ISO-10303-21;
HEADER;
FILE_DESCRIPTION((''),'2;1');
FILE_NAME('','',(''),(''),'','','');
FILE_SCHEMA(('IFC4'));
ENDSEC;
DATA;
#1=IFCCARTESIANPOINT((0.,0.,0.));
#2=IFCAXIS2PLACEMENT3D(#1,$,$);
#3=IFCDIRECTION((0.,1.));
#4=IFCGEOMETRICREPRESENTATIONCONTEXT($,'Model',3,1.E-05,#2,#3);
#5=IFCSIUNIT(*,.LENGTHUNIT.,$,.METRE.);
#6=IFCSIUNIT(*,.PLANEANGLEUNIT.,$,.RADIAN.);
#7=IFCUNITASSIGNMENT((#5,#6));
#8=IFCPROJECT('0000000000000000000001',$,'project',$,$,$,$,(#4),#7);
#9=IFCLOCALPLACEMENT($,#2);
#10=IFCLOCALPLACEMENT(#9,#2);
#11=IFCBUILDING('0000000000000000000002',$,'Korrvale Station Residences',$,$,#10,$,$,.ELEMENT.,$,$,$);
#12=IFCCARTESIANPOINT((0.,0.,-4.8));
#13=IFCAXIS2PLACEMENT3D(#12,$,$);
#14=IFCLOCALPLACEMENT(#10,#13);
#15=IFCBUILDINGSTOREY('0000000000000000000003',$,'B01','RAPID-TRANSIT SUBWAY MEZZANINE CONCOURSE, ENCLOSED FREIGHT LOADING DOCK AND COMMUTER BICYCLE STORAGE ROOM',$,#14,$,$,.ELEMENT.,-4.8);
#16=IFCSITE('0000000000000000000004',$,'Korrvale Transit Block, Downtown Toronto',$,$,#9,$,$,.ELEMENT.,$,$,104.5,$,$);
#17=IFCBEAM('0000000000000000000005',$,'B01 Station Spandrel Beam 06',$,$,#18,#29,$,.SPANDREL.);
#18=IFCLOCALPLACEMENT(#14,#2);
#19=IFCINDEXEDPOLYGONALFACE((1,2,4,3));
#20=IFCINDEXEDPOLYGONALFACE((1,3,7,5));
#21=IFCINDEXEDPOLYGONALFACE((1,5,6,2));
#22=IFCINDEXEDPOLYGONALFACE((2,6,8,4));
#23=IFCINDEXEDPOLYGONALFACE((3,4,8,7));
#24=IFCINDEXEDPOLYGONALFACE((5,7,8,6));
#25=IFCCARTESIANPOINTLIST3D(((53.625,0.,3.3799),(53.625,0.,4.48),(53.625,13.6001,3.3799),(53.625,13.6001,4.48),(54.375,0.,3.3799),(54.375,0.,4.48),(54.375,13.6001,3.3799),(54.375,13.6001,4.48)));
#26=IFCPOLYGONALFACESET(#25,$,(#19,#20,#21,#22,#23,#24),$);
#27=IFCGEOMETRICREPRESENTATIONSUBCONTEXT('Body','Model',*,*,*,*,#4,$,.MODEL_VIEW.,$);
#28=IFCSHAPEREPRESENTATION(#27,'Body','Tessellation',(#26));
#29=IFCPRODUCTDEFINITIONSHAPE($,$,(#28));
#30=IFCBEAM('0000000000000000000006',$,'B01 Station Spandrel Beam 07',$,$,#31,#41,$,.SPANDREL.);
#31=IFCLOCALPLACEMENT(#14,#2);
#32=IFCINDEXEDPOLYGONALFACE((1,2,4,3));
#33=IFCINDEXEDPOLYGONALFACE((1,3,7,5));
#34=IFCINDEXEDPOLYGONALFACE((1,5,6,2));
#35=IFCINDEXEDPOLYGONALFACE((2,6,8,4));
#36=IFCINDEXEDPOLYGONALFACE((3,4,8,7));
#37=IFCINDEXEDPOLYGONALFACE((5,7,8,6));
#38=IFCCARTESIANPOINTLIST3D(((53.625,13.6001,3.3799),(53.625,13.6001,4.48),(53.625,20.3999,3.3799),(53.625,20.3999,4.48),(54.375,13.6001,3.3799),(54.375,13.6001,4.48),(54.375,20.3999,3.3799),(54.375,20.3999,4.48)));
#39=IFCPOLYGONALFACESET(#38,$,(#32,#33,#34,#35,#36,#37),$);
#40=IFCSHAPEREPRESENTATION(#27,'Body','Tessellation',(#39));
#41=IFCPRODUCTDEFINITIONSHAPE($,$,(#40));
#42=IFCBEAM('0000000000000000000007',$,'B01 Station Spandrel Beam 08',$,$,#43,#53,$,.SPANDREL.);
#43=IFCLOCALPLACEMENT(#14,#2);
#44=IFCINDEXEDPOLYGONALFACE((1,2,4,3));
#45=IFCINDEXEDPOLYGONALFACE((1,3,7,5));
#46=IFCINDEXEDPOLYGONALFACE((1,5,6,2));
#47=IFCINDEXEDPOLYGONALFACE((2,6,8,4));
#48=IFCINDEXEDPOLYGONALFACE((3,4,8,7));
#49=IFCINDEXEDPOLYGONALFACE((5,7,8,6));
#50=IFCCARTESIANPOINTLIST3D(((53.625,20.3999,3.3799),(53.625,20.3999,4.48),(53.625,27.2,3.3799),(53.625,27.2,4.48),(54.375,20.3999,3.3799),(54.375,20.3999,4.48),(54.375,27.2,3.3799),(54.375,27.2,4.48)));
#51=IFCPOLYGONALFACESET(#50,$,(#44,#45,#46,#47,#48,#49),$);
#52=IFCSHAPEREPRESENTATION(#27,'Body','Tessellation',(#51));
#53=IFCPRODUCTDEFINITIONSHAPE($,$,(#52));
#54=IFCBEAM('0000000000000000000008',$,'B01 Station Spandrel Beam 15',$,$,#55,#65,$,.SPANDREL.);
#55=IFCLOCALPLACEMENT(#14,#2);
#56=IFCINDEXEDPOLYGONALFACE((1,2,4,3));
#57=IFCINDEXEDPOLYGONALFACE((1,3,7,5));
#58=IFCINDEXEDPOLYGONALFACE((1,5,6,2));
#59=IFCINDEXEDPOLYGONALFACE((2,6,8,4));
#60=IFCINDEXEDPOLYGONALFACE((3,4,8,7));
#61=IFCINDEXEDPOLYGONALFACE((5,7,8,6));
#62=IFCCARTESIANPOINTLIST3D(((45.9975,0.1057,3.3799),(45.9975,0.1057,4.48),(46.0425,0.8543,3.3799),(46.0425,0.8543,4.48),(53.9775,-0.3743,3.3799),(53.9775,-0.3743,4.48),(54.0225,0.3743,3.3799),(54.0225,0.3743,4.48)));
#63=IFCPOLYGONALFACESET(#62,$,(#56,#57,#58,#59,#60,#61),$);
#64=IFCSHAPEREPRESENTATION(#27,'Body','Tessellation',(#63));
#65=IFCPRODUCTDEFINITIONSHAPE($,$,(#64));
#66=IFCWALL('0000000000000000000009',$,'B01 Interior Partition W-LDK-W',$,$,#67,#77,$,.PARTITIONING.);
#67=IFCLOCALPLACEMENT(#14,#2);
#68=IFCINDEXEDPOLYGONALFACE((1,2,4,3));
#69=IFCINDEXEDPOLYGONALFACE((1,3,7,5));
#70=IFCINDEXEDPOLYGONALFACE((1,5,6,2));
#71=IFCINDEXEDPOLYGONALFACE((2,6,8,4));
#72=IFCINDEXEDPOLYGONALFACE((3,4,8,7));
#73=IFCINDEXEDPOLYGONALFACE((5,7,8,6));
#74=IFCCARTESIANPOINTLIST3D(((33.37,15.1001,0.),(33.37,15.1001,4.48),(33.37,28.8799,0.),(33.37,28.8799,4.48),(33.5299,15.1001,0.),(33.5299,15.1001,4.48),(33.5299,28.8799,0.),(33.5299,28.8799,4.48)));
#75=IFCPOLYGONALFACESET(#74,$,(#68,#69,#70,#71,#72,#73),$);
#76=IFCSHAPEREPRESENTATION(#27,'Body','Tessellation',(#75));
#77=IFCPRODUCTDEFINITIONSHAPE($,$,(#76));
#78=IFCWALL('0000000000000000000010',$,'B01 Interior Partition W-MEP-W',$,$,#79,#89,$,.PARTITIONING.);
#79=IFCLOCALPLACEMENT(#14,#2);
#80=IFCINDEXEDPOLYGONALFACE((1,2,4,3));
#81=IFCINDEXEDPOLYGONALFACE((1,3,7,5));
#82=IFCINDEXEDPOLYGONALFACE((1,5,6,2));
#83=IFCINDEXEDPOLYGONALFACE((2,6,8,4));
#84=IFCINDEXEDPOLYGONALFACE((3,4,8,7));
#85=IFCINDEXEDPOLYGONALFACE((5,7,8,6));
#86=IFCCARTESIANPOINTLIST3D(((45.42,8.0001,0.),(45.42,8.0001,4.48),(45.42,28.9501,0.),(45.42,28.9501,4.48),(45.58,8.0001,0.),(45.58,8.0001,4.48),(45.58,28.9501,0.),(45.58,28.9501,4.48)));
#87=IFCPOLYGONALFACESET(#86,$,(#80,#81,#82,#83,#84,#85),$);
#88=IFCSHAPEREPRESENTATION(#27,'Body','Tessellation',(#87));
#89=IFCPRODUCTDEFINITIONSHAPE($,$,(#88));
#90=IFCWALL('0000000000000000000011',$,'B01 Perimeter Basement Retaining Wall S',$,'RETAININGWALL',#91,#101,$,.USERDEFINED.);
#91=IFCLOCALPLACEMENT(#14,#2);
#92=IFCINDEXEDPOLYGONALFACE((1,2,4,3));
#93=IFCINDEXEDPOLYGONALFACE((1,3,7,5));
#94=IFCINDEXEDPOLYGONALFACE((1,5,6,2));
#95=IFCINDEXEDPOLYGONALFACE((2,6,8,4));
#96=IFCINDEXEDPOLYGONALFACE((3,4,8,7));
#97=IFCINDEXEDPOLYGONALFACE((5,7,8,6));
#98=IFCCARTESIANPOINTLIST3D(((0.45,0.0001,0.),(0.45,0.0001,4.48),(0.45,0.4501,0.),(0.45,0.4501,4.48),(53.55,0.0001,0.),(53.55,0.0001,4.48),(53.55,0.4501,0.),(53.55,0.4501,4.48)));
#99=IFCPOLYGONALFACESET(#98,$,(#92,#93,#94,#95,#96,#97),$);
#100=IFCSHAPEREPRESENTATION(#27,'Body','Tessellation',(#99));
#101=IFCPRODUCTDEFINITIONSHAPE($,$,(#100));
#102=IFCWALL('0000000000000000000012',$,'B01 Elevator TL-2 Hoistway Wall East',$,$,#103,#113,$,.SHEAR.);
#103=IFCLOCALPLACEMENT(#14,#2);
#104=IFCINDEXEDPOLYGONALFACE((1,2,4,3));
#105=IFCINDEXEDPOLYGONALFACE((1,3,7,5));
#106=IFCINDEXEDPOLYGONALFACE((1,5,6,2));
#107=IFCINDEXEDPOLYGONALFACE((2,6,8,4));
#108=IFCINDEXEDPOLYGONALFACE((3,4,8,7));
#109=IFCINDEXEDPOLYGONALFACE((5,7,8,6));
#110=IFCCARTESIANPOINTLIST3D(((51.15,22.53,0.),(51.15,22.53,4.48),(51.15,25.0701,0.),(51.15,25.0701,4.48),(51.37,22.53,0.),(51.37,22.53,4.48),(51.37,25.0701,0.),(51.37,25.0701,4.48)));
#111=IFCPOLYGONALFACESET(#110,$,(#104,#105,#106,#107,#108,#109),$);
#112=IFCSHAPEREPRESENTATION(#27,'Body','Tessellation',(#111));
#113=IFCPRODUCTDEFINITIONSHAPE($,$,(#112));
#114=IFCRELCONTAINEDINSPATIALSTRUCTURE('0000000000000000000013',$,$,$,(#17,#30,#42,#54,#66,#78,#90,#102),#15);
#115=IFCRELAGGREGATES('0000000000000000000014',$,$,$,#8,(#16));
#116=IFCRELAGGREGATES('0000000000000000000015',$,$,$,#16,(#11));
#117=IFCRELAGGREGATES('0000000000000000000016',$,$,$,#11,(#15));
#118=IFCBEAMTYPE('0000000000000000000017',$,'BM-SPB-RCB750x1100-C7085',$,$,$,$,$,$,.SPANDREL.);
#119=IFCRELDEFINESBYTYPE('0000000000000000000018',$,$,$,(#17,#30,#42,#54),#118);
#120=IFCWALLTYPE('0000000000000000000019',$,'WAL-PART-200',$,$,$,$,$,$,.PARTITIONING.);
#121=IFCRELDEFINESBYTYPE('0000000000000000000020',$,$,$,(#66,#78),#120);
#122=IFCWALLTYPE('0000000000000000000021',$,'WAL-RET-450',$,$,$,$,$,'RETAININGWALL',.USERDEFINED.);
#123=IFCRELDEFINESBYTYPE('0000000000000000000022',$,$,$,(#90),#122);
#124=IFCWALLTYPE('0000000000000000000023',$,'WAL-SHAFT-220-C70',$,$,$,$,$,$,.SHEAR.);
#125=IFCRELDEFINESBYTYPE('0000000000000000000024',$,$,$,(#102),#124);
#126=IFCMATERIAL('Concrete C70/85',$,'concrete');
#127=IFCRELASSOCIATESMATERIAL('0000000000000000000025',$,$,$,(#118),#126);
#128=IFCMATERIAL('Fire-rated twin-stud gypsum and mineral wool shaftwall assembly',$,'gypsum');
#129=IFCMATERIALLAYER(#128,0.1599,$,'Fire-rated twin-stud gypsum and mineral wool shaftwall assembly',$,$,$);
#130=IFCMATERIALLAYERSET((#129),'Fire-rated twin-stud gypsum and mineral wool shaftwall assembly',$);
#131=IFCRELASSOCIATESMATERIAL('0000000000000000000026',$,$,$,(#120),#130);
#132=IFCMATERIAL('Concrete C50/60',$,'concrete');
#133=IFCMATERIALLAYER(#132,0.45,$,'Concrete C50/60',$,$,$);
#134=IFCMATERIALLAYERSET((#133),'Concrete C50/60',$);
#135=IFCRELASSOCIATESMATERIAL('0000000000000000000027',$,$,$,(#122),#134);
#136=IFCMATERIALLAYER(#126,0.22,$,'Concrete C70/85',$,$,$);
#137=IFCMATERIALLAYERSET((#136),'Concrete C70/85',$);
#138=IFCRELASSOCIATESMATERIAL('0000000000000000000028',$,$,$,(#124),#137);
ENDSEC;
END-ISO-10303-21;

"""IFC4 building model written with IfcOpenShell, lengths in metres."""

from ifc_helpers import new_model, si_unit, direction, frame, frame_2d, origin, origin_2d, place, context, subcontext, project, spatial, rectangle, extrude, material, layer, layer_set, material_profile, profile_set, type_object, element, save


model = new_model("IFC4")

# Units and contexts
model_context = context("Model", 3, precision=1e-05, world=origin(), true_north=direction((0.0, 1.0)))
body_context = subcontext(model_context, "Body", "Model", "MODEL_VIEW")
ifc_project = project(units=[si_unit("LENGTHUNIT", "METRE"), si_unit("PLANEANGLEUNIT", "RADIAN")], contexts=[model_context])

# Site, building, storey
site_placement = place(None, origin())
site = spatial("IfcSite", under=ifc_project, at=site_placement, Name="Korrvale Transit Block, Downtown Toronto", CompositionType="ELEMENT", RefElevation=104.5)
building_placement = place(site_placement, origin())
building = spatial("IfcBuilding", under=site, at=building_placement, Name="Korrvale Station Residences", CompositionType="ELEMENT")
storey_placement = place(building_placement, frame((0.0, 0.0, -4.8)))
storey = spatial("IfcBuildingStorey", under=building, at=storey_placement, Name="B01", Description="RAPID-TRANSIT SUBWAY MEZZANINE CONCOURSE, ENCLOSED FREIGHT LOADING DOCK AND COMMUTER BICYCLE STORAGE ROOM", CompositionType="ELEMENT", Elevation=-4.8)

# Shared definitions
ifc_material_1 = material(Name="Concrete C70/85", Category="concrete")
ifc_material_2 = material(Name="Concrete C50/60", Category="concrete")

# Beams
ifc_material_profile_1 = material_profile(ifc_material_1, rectangle(XDim=0.75, YDim=1.1001, at=origin_2d()), Name="RCB750x1100")
ifc_profile_set_1 = profile_set([ifc_material_profile_1], Name="Concrete C70/85")
beam_type_1 = type_object("IfcBeamType", Name="BM-SPB-RCB750x1100-C7085", PredefinedType="SPANDREL", material=ifc_profile_set_1)
beam_1_placement = place(storey_placement, frame((54.0, 0.0, 3.9299), z_axis=(0.0, 1.0, 0.0), x_axis=(-1.0, 0.0, 0.0)))
element("IfcBeam", 1, at=beam_1_placement, inside=storey, type_object=beam_type_1, Name="B01 Station Spandrel Beam 06", PredefinedType="SPANDREL", context=body_context, shape_type="SweptSolid", body=[
    extrude(rectangle(XDim=0.75, YDim=1.1001, at=origin_2d()), origin(), (0.0, 0.0, 1.0), 13.6001),
])
beam_2_placement = place(storey_placement, frame((54.0, 13.6001, 3.9299), z_axis=(0.0, 1.0, 0.0), x_axis=(-1.0, 0.0, 0.0)))
element("IfcBeam", 2, at=beam_2_placement, inside=storey, type_object=beam_type_1, Name="B01 Station Spandrel Beam 07", PredefinedType="SPANDREL", context=body_context, shape_type="SweptSolid", body=[
    extrude(rectangle(XDim=0.75, YDim=1.1001, at=origin_2d()), origin(), (0.0, 0.0, 1.0), 6.7998),
])
beam_3_placement = place(storey_placement, frame((54.0, 20.3999, 3.9299), z_axis=(0.0, 1.0, 0.0), x_axis=(-1.0, 0.0, 0.0)))
element("IfcBeam", 3, at=beam_3_placement, inside=storey, type_object=beam_type_1, Name="B01 Station Spandrel Beam 08", PredefinedType="SPANDREL", context=body_context, shape_type="SweptSolid", body=[
    extrude(rectangle(XDim=0.75, YDim=1.1001, at=origin_2d()), origin(), (0.0, 0.0, 1.0), 6.8),
])
beam_4_placement = place(storey_placement, frame((46.02, 0.48, 3.9299), z_axis=(0.998196, -0.06004, 0.0), x_axis=(0.06004, 0.998196, 0.0)))
element("IfcBeam", 4, at=beam_4_placement, inside=storey, type_object=beam_type_1, Name="B01 Station Spandrel Beam 15", PredefinedType="SPANDREL", context=body_context, shape_type="SweptSolid", body=[
    extrude(rectangle(XDim=0.75, YDim=1.1001, at=origin_2d()), origin(), (0.0, 0.0, 1.0), 7.9944),
])

# Walls
ifc_material_3 = material(Name="Fire-rated twin-stud gypsum and mineral wool shaftwall assembly", Category="gypsum")
ifc_layer_1 = layer(ifc_material_3, 0.1599, Name="Fire-rated twin-stud gypsum and mineral wool shaftwall assembly")
ifc_layer_set_1 = layer_set([ifc_layer_1], Name="Fire-rated twin-stud gypsum and mineral wool shaftwall assembly")
wall_type_1 = type_object("IfcWallType", Name="WAL-PART-200", PredefinedType="PARTITIONING", material=ifc_layer_set_1)
wall_1_placement = place(storey_placement, frame((33.45, 15.1001, 0.0), z_axis=(0.0, 0.0, 1.0), x_axis=(0.0, 1.0, 0.0)))
element("IfcWall", 5, at=wall_1_placement, inside=storey, type_object=wall_type_1, Name="B01 Interior Partition W-LDK-W", PredefinedType="PARTITIONING", context=body_context, shape_type="SweptSolid", body=[
    extrude(rectangle(XDim=13.7798, YDim=0.1599, at=frame_2d((6.8899, 0.0))), origin(), (0.0, 0.0, 1.0), 4.48),
])
wall_2_placement = place(storey_placement, frame((45.5, 8.0, 0.0), z_axis=(0.0, 0.0, 1.0), x_axis=(0.0, 1.0, 0.0)))
element("IfcWall", 6, at=wall_2_placement, inside=storey, type_object=wall_type_1, Name="B01 Interior Partition W-MEP-W", PredefinedType="PARTITIONING", context=body_context, shape_type="SweptSolid", body=[
    extrude(rectangle(XDim=20.95, YDim=0.1599, at=frame_2d((10.4751, 0.0))), origin(), (0.0, 0.0, 1.0), 4.48),
])
ifc_layer_2 = layer(ifc_material_2, 0.45, Name="Concrete C50/60")
ifc_layer_set_2 = layer_set([ifc_layer_2], Name="Concrete C50/60")
wall_type_2 = type_object("IfcWallType", Name="WAL-RET-450", ElementType="RETAININGWALL", PredefinedType="USERDEFINED", material=ifc_layer_set_2)
wall_3_placement = place(storey_placement, frame((53.55, 0.2251, 0.0), z_axis=(0.0, 0.0, 1.0), x_axis=(-1.0, 0.0, 0.0)))
element("IfcWall", 7, at=wall_3_placement, inside=storey, type_object=wall_type_2, Name="B01 Perimeter Basement Retaining Wall S", ObjectType="RETAININGWALL", PredefinedType="USERDEFINED", context=body_context, shape_type="SweptSolid", body=[
    extrude(rectangle(XDim=53.1001, YDim=0.45, at=frame_2d((26.55, 0.0))), origin(), (0.0, 0.0, 1.0), 4.48),
])

# Shared definitions
ifc_layer_3 = layer(ifc_material_1, 0.22, Name="Concrete C70/85")
ifc_layer_set_3 = layer_set([ifc_layer_3], Name="Concrete C70/85")
wall_type_3 = type_object("IfcWallType", Name="WAL-SHAFT-220-C70", PredefinedType="SHEAR", material=ifc_layer_set_3)

# Wall
wall_4_placement = place(storey_placement, frame((51.26, 22.53, 0.0), z_axis=(0.0, 0.0, 1.0), x_axis=(0.0, 1.0, 0.0)))
element("IfcWall", 8, at=wall_4_placement, inside=storey, type_object=wall_type_3, Name="B01 Elevator TL-2 Hoistway Wall East", PredefinedType="SHEAR", context=body_context, shape_type="SweptSolid", body=[
    extrude(rectangle(XDim=2.54, YDim=0.22, at=frame_2d((1.27, 0.0))), origin(), (0.0, 0.0, 1.0), 4.48),
])

save(model, "model.ifc")
